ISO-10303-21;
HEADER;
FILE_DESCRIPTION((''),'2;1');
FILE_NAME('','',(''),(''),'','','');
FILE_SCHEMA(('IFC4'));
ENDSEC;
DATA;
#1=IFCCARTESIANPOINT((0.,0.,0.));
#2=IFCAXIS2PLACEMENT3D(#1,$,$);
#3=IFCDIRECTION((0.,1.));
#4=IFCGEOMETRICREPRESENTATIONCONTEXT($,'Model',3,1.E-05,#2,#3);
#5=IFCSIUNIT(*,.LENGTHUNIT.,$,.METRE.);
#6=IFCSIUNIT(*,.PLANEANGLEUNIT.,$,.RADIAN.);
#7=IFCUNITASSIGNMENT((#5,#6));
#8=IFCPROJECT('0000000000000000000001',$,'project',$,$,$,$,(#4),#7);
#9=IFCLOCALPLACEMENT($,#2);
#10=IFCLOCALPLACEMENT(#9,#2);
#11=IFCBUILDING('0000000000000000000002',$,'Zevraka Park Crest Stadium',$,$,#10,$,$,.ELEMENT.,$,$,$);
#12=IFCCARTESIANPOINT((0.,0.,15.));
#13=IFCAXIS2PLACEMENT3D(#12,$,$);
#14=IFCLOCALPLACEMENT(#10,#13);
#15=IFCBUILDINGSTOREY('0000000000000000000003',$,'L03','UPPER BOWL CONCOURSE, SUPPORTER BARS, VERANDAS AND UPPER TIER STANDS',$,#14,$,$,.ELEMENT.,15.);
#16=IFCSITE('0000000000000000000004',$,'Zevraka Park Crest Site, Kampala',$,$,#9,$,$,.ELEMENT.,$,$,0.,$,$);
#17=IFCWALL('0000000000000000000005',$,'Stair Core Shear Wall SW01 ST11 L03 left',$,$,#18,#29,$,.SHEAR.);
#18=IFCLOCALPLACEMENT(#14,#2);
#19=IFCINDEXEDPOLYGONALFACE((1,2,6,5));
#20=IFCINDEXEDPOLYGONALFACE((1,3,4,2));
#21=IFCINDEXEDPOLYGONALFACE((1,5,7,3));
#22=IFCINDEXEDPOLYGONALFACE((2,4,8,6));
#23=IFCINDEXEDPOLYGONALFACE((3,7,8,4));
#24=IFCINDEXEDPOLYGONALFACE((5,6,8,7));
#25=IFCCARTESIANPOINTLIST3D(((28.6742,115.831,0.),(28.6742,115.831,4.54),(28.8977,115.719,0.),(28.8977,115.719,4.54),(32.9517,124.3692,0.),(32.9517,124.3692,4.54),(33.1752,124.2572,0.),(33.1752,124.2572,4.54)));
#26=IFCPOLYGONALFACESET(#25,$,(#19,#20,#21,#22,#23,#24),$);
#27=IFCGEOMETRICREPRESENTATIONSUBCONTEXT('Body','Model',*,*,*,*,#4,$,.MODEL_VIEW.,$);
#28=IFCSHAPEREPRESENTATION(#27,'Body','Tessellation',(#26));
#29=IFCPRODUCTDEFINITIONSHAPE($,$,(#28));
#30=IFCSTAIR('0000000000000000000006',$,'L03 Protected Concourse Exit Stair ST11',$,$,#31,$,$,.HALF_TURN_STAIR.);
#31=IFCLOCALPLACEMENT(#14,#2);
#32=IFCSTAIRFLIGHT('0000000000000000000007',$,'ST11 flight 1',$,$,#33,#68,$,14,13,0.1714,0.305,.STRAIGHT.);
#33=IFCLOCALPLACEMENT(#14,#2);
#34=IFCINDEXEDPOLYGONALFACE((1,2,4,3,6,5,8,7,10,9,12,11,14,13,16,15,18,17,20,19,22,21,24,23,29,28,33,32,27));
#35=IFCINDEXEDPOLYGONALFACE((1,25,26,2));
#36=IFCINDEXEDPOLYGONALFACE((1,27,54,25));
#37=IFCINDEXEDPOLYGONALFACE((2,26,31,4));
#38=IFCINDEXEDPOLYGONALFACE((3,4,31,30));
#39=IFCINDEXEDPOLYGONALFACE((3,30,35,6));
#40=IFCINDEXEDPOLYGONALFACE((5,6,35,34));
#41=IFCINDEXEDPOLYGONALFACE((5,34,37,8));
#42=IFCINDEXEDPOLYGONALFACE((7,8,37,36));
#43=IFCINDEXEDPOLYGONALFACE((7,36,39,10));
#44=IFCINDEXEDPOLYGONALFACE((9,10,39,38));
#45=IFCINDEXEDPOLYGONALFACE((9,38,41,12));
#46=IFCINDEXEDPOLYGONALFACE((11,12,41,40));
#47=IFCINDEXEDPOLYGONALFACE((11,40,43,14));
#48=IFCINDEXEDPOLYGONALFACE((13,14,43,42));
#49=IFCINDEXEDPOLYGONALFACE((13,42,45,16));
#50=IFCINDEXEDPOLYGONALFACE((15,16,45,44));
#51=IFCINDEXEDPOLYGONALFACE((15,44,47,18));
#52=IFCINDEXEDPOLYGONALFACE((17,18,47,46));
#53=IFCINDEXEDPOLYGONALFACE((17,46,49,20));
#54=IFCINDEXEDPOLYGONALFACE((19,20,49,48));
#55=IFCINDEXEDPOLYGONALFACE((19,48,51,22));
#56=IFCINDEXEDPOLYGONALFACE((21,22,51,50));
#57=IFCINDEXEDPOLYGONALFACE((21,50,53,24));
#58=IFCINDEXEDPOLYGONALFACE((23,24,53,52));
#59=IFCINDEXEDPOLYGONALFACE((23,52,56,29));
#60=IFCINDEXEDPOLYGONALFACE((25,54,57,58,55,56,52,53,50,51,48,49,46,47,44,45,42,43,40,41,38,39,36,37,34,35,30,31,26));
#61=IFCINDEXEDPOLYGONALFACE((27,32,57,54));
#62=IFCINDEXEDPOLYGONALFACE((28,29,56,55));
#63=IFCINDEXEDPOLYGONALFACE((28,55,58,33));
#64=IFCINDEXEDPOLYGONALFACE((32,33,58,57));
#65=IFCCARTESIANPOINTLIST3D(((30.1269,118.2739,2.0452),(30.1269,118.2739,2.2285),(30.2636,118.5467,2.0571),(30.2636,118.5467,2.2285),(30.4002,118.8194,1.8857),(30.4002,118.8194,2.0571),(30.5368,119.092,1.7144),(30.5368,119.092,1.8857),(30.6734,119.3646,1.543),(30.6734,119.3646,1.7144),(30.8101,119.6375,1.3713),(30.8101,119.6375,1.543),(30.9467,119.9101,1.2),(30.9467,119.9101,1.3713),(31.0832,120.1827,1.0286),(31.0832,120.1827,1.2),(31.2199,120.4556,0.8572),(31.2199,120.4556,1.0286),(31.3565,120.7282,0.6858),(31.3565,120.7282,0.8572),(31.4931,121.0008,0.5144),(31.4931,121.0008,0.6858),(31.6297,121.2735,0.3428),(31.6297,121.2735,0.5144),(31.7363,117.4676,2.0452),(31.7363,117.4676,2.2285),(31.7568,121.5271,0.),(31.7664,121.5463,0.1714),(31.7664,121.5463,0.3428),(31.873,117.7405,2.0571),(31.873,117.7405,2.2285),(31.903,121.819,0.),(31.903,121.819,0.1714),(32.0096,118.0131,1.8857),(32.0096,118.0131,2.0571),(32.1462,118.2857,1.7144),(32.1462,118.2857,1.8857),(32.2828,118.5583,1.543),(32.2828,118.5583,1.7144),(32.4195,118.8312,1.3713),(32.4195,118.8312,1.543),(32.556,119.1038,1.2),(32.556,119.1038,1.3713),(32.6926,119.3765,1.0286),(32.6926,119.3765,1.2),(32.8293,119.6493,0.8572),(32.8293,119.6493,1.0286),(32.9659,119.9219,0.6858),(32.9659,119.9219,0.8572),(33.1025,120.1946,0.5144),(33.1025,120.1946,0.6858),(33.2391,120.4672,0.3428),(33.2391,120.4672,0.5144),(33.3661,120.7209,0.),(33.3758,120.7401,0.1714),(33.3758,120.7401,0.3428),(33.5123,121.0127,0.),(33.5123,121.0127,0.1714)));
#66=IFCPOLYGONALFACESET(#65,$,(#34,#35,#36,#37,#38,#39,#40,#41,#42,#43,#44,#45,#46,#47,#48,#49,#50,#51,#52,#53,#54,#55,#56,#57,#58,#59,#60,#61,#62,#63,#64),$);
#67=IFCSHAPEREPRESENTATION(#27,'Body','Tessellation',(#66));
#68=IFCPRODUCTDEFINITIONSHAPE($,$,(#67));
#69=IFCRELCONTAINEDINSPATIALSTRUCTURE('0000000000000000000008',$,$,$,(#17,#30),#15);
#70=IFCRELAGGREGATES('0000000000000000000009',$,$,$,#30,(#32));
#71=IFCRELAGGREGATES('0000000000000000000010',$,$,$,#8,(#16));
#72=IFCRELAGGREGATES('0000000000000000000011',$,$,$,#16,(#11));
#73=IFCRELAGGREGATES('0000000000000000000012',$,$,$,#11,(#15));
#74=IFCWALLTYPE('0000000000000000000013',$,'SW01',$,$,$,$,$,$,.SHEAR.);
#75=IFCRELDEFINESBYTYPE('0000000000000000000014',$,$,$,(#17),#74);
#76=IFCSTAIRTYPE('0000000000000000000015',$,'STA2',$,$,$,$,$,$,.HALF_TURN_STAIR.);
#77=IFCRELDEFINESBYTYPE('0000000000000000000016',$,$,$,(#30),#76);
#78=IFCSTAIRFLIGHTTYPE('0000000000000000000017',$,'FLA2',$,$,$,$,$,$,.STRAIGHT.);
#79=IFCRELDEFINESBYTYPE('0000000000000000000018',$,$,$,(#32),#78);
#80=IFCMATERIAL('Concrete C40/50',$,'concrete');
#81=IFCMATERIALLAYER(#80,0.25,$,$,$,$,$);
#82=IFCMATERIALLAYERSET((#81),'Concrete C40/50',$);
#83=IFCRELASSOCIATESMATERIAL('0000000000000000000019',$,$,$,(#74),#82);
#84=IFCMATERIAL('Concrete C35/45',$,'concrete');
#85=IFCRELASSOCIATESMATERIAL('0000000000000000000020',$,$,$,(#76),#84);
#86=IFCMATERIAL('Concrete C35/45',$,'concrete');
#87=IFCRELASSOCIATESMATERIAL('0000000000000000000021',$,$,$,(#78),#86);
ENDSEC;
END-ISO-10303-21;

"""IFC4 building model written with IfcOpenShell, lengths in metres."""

from ifc_helpers import new_model, si_unit, direction, frame, frame_2d, origin, place, context, subcontext, project, spatial, polyline, rectangle, outline, extrude, material, layer, layer_set, type_object, element, aggregate, save


model = new_model("IFC4")

# Units and contexts
model_context = context("Model", 3, precision=1e-05, world=origin(), true_north=direction((0.0, 1.0)))
body_context = subcontext(model_context, "Body", "Model", "MODEL_VIEW")
ifc_project = project(units=[si_unit("LENGTHUNIT", "METRE"), si_unit("PLANEANGLEUNIT", "RADIAN")], contexts=[model_context])

# Site, building, storey
site_placement = place(None, origin())
site = spatial("IfcSite", under=ifc_project, at=site_placement, Name="Zevraka Park Crest Site, Kampala", CompositionType="ELEMENT", RefElevation=0.0)
building_placement = place(site_placement, origin())
building = spatial("IfcBuilding", under=site, at=building_placement, Name="Zevraka Park Crest Stadium", CompositionType="ELEMENT")
storey_placement = place(building_placement, frame((0.0, 0.0, 15.0)))
storey = spatial("IfcBuildingStorey", under=building, at=storey_placement, Name="L03", Description="UPPER BOWL CONCOURSE, SUPPORTER BARS, VERANDAS AND UPPER TIER STANDS", CompositionType="ELEMENT", Elevation=15.0)

# Wall
ifc_material_1 = material(Name="Concrete C40/50", Category="concrete")
ifc_layer_1 = layer(ifc_material_1, 0.25)
ifc_layer_set_1 = layer_set([ifc_layer_1], Name="Concrete C40/50")
wall_type = type_object("IfcWallType", Name="SW01", PredefinedType="SHEAR", material=ifc_layer_set_1)
wall_placement = place(storey_placement, frame((33.0635, 124.3132, 0.0), z_axis=(0.0, 0.0, 1.0), x_axis=(-0.447919, -0.894074, 0.0)))
element("IfcWall", 1, at=wall_placement, inside=storey, type_object=wall_type, Name="Stair Core Shear Wall SW01 ST11 L03 left", PredefinedType="SHEAR", context=body_context, shape_type="SweptSolid", body=[
    extrude(rectangle(XDim=9.5498, YDim=0.25, at=frame_2d((4.7749, 0.0))), origin(), (0.0, 0.0, 1.0), 4.54),
])

# Stair, stair flight
ifc_material_2 = material(Name="Concrete C35/45", Category="concrete")
stair_type = type_object("IfcStairType", Name="STA2", PredefinedType="HALF_TURN_STAIR", material=ifc_material_2)
stair_placement = place(storey_placement, origin())
stair = element("IfcStair", 2, at=stair_placement, inside=storey, type_object=stair_type, Name="L03 Protected Concourse Exit Stair ST11", PredefinedType="HALF_TURN_STAIR")
ifc_material_3 = material(Name="Concrete C35/45", Category="concrete")
stair_flight_type = type_object("IfcStairFlightType", Name="FLA2", PredefinedType="STRAIGHT", material=ifc_material_3)
stair_flight_placement = place(storey_placement, frame((32.7078, 121.4158, 0.0), z_axis=(0.0, 0.0, 1.0), x_axis=(-0.447915, -0.894076, 0.0)))
stair_flight = element("IfcStairFlight", 3, at=stair_flight_placement, type_object=stair_flight_type, Name="ST11 flight 1", NumberOfRisers=14, NumberOfTreads=13, PredefinedType="STRAIGHT", RiserHeight=0.1714, TreadLength=0.305, context=body_context, shape_type="SweptSolid", body=[
    extrude(outline(polyline([(0.0, 0.0), (0.0, 0.1714), (0.3049, 0.1714), (0.3049, 0.3428), (0.6101, 0.3428), (0.6101, 0.5144), (0.915, 0.5144), (0.915, 0.6858), (1.22, 0.6858), (1.22, 0.8572), (1.5249, 0.8572), (1.5249, 1.0286), (1.8301, 1.0286), (1.8301, 1.2), (2.135, 1.2), (2.135, 1.3713), (2.4399, 1.3713), (2.4399, 1.543), (2.7451, 1.543), (2.7451, 1.7144), (3.05, 1.7144), (3.05, 1.8857), (3.355, 1.8857), (3.355, 2.0571), (3.6599, 2.0571), (3.6599, 2.2285), (3.9651, 2.2285), (3.9651, 2.3999), (3.9651, 2.0452), (0.3264, 0.0), (0.0, 0.0)])), frame((0.0, 0.8999, 0.0), z_axis=(0.0, -1.0, 0.0), x_axis=(1.0, 0.0, 0.0)), (0.0, 0.0, 1.0), 1.8),
])
aggregate(stair, [stair_flight])

save(model, "model.ifc")
